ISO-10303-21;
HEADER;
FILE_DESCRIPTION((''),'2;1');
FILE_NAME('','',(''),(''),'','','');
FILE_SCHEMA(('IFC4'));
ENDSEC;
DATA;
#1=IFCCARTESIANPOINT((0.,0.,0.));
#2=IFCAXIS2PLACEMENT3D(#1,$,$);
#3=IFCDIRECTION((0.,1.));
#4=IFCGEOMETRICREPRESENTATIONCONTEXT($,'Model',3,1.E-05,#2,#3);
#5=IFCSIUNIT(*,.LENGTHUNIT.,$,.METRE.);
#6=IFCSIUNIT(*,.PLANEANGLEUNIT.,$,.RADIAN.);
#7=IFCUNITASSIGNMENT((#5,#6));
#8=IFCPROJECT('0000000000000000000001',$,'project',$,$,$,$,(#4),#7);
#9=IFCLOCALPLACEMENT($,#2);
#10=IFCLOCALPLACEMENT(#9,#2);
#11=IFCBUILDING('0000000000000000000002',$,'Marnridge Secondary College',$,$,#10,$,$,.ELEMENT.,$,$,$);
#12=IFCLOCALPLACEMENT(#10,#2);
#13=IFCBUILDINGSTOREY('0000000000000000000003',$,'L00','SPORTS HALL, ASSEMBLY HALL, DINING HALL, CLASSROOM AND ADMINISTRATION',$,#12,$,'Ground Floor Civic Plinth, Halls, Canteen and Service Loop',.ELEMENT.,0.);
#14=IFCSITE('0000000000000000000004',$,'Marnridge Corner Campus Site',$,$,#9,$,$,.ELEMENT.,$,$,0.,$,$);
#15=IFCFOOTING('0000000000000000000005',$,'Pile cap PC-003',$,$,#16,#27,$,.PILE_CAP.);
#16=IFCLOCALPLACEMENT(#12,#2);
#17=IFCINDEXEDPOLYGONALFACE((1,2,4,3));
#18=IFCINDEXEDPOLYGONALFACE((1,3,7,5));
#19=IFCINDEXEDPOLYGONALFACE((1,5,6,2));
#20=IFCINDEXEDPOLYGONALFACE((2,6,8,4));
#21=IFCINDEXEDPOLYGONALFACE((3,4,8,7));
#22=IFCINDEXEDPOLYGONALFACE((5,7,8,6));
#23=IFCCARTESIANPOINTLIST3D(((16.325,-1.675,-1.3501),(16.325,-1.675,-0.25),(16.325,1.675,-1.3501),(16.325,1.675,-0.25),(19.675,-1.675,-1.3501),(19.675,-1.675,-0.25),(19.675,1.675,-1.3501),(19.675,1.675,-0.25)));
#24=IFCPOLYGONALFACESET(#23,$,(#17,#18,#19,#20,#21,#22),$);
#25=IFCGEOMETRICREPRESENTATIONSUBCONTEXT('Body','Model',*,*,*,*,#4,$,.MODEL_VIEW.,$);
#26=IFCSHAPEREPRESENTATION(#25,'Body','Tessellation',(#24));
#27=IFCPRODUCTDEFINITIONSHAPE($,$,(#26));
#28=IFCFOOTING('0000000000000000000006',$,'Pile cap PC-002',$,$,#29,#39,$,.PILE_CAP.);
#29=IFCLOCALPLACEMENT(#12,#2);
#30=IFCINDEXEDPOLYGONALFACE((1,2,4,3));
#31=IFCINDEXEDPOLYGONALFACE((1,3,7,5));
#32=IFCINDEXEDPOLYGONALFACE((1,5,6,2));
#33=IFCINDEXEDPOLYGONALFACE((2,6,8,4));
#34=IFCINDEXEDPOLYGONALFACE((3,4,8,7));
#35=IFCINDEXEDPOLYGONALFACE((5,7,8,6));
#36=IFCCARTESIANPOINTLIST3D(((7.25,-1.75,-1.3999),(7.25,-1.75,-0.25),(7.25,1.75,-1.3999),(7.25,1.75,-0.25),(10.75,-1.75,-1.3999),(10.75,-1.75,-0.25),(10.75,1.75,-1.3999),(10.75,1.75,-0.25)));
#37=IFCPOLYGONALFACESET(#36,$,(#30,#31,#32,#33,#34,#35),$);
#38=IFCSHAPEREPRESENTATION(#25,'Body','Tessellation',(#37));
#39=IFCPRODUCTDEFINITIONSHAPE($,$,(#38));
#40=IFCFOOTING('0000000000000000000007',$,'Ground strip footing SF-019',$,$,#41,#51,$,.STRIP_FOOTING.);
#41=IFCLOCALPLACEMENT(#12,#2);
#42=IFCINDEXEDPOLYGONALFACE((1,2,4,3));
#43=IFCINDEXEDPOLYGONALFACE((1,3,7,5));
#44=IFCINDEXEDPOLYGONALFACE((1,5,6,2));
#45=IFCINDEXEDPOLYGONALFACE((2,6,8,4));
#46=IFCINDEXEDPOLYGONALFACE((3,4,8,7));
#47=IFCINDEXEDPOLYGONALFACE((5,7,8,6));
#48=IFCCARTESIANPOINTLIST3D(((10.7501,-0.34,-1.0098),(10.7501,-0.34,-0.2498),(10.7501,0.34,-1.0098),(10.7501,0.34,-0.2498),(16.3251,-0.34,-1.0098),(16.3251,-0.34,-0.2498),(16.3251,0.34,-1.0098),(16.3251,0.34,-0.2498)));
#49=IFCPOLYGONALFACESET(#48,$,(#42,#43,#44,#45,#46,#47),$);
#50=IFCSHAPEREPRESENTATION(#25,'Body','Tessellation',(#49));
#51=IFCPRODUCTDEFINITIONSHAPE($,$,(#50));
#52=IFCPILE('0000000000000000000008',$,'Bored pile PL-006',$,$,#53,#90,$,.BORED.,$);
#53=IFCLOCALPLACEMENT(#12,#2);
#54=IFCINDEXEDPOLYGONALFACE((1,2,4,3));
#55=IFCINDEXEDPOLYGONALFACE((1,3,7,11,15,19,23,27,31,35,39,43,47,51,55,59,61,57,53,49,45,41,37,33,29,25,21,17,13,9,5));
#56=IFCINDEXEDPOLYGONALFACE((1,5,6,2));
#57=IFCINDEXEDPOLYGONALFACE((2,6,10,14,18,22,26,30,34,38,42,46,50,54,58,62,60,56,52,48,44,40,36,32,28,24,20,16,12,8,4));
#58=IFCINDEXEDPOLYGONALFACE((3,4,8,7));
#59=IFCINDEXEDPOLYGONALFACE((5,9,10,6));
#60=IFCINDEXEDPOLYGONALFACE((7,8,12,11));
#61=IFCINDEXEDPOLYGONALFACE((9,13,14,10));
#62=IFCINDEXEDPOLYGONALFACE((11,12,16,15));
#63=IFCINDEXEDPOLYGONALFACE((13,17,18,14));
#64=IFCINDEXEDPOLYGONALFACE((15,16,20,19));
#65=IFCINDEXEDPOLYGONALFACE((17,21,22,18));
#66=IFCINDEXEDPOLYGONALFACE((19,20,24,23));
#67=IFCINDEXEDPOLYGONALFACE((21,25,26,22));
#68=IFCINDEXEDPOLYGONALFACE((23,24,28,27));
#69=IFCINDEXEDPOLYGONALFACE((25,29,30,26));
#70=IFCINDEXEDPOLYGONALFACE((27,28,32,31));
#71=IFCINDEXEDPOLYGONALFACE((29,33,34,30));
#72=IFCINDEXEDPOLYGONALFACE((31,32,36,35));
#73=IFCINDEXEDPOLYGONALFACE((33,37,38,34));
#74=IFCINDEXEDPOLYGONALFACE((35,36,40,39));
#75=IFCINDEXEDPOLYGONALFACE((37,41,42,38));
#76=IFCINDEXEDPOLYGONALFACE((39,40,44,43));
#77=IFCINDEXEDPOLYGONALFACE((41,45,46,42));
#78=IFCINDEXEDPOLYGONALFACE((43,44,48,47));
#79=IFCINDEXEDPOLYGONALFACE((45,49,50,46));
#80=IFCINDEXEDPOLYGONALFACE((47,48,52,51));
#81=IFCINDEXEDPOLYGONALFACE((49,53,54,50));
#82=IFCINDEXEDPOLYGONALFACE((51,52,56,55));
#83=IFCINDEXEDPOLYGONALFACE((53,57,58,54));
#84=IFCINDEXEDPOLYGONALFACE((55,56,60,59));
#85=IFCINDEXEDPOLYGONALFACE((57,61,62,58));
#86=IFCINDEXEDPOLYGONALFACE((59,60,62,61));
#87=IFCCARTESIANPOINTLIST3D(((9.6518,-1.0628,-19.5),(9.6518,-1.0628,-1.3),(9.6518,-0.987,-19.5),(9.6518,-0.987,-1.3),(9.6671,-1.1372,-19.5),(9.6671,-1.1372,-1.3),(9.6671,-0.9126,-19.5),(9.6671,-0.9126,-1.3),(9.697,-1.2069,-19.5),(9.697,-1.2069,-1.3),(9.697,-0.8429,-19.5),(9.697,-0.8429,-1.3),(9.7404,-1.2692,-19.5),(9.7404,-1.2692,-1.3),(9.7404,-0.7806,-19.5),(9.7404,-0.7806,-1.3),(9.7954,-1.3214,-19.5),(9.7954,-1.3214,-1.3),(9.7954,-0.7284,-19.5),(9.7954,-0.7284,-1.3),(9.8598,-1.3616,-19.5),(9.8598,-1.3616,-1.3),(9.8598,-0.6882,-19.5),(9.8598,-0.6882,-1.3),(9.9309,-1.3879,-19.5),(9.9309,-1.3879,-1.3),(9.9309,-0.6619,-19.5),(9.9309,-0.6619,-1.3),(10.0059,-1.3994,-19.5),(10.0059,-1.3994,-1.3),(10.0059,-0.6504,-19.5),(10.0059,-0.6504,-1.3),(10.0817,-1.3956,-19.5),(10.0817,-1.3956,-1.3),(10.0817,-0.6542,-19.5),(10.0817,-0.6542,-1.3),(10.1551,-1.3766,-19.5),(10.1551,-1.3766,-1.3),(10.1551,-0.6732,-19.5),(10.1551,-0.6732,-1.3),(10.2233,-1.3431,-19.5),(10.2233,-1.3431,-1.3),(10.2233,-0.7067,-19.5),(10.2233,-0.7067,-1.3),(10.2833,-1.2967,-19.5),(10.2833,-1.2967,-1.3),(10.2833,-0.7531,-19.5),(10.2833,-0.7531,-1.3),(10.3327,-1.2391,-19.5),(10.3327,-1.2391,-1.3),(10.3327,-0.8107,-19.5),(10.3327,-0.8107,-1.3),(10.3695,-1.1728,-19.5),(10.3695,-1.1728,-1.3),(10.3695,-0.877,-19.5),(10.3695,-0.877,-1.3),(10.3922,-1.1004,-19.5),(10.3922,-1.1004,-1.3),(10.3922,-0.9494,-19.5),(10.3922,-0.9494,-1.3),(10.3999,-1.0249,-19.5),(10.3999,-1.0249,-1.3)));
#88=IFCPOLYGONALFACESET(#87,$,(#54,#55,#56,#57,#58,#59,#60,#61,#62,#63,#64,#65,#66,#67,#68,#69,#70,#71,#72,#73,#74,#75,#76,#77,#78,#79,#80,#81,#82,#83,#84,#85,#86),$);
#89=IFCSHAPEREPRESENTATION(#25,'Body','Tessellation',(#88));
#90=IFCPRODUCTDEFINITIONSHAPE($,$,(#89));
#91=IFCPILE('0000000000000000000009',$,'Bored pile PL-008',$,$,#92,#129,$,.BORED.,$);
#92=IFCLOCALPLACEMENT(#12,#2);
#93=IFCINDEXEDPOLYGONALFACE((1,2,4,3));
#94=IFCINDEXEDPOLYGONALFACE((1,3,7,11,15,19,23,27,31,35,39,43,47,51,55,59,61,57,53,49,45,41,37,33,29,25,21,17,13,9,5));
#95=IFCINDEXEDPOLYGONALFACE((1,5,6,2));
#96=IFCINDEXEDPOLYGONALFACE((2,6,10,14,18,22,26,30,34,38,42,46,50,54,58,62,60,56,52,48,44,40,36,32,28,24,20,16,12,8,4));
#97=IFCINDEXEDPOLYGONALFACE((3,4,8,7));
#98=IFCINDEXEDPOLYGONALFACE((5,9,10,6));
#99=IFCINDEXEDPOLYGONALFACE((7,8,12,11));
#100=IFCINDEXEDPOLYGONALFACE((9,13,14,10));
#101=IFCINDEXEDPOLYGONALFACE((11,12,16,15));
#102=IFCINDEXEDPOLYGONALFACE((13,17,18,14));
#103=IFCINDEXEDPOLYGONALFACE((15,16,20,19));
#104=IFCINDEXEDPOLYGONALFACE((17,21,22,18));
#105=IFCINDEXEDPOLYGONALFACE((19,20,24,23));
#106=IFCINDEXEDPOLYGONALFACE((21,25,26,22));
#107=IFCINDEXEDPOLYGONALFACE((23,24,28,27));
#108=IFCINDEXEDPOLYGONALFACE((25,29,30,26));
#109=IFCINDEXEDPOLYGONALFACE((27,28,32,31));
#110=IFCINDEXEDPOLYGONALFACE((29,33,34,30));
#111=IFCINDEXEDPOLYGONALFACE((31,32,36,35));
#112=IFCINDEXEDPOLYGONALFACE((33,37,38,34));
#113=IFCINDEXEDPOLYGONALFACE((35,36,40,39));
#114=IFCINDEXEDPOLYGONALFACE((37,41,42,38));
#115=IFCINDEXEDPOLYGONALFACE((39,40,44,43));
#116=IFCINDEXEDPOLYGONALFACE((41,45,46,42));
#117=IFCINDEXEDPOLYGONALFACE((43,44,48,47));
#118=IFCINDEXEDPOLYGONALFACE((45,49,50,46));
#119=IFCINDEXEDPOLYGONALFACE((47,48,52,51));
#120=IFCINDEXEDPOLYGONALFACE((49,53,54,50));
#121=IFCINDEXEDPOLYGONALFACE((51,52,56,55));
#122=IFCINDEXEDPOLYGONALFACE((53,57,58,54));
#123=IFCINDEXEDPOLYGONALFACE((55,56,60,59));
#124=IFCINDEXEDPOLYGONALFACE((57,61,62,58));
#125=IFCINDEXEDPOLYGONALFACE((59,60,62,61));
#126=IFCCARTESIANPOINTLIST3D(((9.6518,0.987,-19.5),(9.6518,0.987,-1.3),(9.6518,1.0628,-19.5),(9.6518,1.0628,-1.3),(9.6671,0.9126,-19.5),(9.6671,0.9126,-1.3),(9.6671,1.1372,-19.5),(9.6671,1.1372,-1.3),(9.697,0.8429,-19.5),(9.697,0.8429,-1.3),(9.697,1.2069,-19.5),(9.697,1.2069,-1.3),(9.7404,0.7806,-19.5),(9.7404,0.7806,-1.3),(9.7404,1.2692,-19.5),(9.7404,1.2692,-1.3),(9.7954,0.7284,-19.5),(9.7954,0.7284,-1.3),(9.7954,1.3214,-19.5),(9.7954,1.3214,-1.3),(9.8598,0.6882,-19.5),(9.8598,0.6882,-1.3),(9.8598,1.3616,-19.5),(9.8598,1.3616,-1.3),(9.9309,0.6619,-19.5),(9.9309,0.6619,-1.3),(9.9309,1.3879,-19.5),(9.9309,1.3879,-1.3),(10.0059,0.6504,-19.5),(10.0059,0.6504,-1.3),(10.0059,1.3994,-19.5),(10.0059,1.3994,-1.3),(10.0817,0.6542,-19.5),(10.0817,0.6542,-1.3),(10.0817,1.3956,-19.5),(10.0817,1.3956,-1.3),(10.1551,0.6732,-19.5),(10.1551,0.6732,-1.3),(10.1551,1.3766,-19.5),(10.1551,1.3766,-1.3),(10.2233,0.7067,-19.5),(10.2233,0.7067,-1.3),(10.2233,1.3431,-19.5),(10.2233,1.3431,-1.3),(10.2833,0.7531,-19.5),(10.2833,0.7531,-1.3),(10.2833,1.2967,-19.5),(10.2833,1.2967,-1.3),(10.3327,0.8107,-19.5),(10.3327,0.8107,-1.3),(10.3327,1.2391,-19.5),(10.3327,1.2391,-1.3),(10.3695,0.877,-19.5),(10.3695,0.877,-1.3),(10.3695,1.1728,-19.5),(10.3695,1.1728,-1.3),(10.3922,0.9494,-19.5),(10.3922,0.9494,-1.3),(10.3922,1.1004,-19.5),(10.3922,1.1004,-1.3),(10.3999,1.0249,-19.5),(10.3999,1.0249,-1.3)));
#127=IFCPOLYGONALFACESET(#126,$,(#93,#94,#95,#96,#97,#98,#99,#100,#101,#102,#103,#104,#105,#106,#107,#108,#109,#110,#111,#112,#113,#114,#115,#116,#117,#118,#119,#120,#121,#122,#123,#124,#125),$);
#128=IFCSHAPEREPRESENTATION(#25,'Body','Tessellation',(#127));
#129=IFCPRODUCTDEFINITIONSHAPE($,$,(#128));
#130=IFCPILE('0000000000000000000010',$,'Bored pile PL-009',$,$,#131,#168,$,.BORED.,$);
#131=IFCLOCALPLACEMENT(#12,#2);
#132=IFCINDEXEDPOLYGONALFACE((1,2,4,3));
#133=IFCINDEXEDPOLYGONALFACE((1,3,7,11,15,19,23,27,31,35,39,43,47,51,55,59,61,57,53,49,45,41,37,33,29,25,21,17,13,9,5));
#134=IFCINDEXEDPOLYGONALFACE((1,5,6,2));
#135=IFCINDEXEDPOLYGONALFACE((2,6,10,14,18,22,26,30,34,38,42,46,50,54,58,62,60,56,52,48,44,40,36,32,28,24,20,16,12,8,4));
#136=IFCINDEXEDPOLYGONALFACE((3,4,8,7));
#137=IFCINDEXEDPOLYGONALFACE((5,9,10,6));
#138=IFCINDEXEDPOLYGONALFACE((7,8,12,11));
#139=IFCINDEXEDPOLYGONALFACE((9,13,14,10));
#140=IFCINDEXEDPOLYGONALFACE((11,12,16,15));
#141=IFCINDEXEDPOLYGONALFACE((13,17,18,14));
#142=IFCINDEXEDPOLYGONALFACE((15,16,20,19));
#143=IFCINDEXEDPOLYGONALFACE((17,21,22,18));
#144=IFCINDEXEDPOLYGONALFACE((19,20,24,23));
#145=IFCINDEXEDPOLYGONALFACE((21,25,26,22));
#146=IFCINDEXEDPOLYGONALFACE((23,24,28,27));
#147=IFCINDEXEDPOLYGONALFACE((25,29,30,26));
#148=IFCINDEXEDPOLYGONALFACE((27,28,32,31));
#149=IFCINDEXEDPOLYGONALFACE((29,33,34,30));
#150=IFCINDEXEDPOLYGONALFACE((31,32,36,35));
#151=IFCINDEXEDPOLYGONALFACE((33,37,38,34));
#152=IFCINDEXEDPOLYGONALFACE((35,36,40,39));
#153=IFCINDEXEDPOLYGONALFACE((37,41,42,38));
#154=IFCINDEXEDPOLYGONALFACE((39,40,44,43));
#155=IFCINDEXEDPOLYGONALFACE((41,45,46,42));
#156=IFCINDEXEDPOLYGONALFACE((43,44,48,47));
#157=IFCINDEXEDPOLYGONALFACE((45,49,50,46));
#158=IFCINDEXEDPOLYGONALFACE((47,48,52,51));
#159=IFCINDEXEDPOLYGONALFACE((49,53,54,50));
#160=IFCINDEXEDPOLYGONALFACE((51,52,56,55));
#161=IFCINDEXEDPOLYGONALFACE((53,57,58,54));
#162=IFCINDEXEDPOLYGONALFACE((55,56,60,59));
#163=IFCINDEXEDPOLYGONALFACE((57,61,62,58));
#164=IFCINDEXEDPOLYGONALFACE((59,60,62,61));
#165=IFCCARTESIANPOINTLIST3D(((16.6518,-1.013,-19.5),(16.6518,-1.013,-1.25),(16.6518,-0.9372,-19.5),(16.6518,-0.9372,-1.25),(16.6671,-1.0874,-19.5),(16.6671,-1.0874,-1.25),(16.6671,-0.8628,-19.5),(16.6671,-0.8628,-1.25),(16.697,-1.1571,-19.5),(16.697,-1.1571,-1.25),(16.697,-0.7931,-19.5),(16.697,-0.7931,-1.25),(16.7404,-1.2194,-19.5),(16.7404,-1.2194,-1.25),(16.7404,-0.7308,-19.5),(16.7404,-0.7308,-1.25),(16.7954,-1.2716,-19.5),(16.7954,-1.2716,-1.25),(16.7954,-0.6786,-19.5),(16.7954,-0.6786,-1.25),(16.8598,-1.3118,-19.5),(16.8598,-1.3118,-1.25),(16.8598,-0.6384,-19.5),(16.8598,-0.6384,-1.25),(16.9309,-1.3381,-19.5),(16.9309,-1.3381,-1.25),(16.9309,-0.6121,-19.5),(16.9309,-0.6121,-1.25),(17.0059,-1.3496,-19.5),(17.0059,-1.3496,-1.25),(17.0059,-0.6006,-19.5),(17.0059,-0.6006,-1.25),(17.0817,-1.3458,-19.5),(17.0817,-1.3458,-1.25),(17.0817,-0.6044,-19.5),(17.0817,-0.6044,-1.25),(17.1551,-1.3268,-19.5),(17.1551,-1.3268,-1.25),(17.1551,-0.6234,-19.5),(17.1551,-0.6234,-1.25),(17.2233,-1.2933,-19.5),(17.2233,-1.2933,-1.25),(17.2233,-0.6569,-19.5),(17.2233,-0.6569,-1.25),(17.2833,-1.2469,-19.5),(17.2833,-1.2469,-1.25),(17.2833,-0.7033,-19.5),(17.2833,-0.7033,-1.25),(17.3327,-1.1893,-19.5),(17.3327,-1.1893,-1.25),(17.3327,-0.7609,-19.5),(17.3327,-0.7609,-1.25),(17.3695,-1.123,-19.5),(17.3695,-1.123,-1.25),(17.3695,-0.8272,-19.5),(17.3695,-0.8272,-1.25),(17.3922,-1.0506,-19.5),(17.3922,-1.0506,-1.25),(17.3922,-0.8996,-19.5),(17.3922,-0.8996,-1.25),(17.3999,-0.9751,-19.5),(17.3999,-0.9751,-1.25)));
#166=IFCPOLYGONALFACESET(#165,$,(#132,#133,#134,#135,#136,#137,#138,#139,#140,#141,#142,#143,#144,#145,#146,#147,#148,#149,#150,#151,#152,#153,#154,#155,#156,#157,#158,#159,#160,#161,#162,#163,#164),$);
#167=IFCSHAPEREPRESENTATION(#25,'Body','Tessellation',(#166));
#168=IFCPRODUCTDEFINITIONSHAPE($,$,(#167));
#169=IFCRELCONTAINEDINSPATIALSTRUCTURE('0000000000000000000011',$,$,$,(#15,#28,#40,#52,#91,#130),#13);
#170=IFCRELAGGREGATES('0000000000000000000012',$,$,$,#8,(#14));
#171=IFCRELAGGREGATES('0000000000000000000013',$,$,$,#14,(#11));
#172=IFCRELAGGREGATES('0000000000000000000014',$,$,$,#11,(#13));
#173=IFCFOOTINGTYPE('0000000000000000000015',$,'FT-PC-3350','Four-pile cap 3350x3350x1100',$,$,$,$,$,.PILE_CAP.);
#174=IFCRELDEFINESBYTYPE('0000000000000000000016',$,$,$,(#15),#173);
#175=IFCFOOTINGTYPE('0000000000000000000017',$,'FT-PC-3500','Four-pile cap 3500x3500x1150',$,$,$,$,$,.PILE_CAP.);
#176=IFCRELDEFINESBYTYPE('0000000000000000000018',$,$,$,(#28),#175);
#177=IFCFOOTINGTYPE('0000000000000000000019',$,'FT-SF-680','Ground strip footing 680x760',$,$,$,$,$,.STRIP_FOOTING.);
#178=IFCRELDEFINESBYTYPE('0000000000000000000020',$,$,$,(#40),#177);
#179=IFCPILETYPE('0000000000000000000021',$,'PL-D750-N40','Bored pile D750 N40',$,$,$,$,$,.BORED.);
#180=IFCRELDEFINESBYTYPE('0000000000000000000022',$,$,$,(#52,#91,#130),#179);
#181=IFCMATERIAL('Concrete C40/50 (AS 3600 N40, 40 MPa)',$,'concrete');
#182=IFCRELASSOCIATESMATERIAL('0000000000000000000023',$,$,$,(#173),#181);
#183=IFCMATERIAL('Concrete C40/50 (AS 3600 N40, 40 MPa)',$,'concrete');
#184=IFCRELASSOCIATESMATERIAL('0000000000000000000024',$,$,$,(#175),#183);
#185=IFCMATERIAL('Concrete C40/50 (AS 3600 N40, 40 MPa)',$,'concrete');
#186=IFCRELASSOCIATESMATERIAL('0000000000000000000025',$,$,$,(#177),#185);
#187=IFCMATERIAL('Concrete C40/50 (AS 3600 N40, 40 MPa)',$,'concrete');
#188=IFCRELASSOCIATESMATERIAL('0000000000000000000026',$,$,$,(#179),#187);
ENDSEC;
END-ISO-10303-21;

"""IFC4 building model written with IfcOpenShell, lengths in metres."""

from ifc_helpers import new_model, si_unit, direction, frame, origin, origin_2d, place, context, subcontext, project, spatial, rectangle, circle, extrude, material, material_profile, profile_set, type_object, element, save


model = new_model("IFC4")

# Units and contexts
model_context = context("Model", 3, precision=1e-05, world=origin(), true_north=direction((0.0, 1.0)))
body_context = subcontext(model_context, "Body", "Model", "MODEL_VIEW")
ifc_project = project(units=[si_unit("LENGTHUNIT", "METRE"), si_unit("PLANEANGLEUNIT", "RADIAN")], contexts=[model_context])

# Site, building, storey
site_placement = place(None, origin())
site = spatial("IfcSite", under=ifc_project, at=site_placement, Name="Marnridge Corner Campus Site", CompositionType="ELEMENT", RefElevation=0.0)
building_placement = place(site_placement, origin())
building = spatial("IfcBuilding", under=site, at=building_placement, Name="Marnridge Secondary College", CompositionType="ELEMENT")
storey_placement = place(building_placement, origin())
storey = spatial("IfcBuildingStorey", under=building, at=storey_placement, Name="L00", Description="SPORTS HALL, ASSEMBLY HALL, DINING HALL, CLASSROOM AND ADMINISTRATION", LongName="Ground Floor Civic Plinth, Halls, Canteen and Service Loop", CompositionType="ELEMENT", Elevation=0.0)

# Footings
ifc_material_1 = material(Name="Concrete C40/50 (AS 3600 N40, 40 MPa)", Category="concrete")
footing_type_1 = type_object("IfcFootingType", Name="FT-PC-3350", Description="Four-pile cap 3350x3350x1100", PredefinedType="PILE_CAP", material=ifc_material_1)
footing_1_placement = place(storey_placement, frame((18.0, 0.0, -1.3501), z_axis=(0.0, 0.0, 1.0), x_axis=(1.0, 0.0, 0.0)))
element("IfcFooting", 1, at=footing_1_placement, inside=storey, type_object=footing_type_1, Name="Pile cap PC-003", PredefinedType="PILE_CAP", context=body_context, shape_type="SweptSolid", body=[
    extrude(rectangle(XDim=3.3501, YDim=3.3501, at=origin_2d()), origin(), (0.0, 0.0, 1.0), 1.1001),
])
ifc_material_2 = material(Name="Concrete C40/50 (AS 3600 N40, 40 MPa)", Category="concrete")
footing_type_2 = type_object("IfcFootingType", Name="FT-PC-3500", Description="Four-pile cap 3500x3500x1150", PredefinedType="PILE_CAP", material=ifc_material_2)
footing_2_placement = place(storey_placement, frame((9.0, 0.0, -1.3999), z_axis=(0.0, 0.0, 1.0), x_axis=(1.0, 0.0, 0.0)))
element("IfcFooting", 2, at=footing_2_placement, inside=storey, type_object=footing_type_2, Name="Pile cap PC-002", PredefinedType="PILE_CAP", context=body_context, shape_type="SweptSolid", body=[
    extrude(rectangle(XDim=3.5, YDim=3.5, at=origin_2d()), origin(), (0.0, 0.0, 1.0), 1.1499),
])
ifc_material_3 = material(Name="Concrete C40/50 (AS 3600 N40, 40 MPa)", Category="concrete")
footing_type_3 = type_object("IfcFootingType", Name="FT-SF-680", Description="Ground strip footing 680x760", PredefinedType="STRIP_FOOTING", material=ifc_material_3)
footing_3_placement = place(storey_placement, frame((13.5376, 0.0, -1.0098), z_axis=(0.0, 0.0, 1.0), x_axis=(1.0, 0.0, 0.0)))
element("IfcFooting", 3, at=footing_3_placement, inside=storey, type_object=footing_type_3, Name="Ground strip footing SF-019", PredefinedType="STRIP_FOOTING", context=body_context, shape_type="SweptSolid", body=[
    extrude(rectangle(XDim=5.575, YDim=0.6799, at=origin_2d()), origin(), (0.0, 0.0, 1.0), 0.76),
])

# Piles
ifc_material_4 = material(Name="Concrete C40/50 (AS 3600 N40, 40 MPa)", Category="concrete")
ifc_material_profile_1 = material_profile(ifc_material_4, circle(Radius=0.375, at=origin_2d()), Name="PILE D750")
ifc_profile_set_1 = profile_set([ifc_material_profile_1], Name="Concrete C40/50 (AS 3600 N40, 40 MPa)")
pile_type = type_object("IfcPileType", Name="PL-D750-N40", Description="Bored pile D750 N40", PredefinedType="BORED", material=ifc_profile_set_1)
for number, where, z_axis, x_axis, name in (
    (4, (10.0249, -1.0249, -1.3), (0.0, 0.0, -1.0), (1.0, 0.0, 0.0), "Bored pile PL-006"),
    (5, (10.0249, 1.0249, -1.3), (0.0, 0.0, -1.0), (1.0, 0.0, 0.0), "Bored pile PL-008"),
):
    element("IfcPile", number, at=place(storey_placement, frame(where, z_axis=z_axis, x_axis=x_axis)), inside=storey, type_object=pile_type, Name=name, PredefinedType="BORED", context=body_context, shape_type="SweptSolid", body=[
        extrude(circle(Radius=0.375, at=origin_2d()), origin(), (0.0, 0.0, 1.0), 18.2),
    ])
for number, where, z_axis, x_axis, name in (
    (6, (17.0249, -0.9751, -1.25), (0.0, 0.0, -1.0), (1.0, 0.0, 0.0), "Bored pile PL-009"),
):
    element("IfcPile", number, at=place(storey_placement, frame(where, z_axis=z_axis, x_axis=x_axis)), inside=storey, type_object=pile_type, Name=name, PredefinedType="BORED", context=body_context, shape_type="SweptSolid", body=[
        extrude(circle(Radius=0.375, at=origin_2d()), origin(), (0.0, 0.0, 1.0), 18.25),
    ])

save(model, "model.ifc")
